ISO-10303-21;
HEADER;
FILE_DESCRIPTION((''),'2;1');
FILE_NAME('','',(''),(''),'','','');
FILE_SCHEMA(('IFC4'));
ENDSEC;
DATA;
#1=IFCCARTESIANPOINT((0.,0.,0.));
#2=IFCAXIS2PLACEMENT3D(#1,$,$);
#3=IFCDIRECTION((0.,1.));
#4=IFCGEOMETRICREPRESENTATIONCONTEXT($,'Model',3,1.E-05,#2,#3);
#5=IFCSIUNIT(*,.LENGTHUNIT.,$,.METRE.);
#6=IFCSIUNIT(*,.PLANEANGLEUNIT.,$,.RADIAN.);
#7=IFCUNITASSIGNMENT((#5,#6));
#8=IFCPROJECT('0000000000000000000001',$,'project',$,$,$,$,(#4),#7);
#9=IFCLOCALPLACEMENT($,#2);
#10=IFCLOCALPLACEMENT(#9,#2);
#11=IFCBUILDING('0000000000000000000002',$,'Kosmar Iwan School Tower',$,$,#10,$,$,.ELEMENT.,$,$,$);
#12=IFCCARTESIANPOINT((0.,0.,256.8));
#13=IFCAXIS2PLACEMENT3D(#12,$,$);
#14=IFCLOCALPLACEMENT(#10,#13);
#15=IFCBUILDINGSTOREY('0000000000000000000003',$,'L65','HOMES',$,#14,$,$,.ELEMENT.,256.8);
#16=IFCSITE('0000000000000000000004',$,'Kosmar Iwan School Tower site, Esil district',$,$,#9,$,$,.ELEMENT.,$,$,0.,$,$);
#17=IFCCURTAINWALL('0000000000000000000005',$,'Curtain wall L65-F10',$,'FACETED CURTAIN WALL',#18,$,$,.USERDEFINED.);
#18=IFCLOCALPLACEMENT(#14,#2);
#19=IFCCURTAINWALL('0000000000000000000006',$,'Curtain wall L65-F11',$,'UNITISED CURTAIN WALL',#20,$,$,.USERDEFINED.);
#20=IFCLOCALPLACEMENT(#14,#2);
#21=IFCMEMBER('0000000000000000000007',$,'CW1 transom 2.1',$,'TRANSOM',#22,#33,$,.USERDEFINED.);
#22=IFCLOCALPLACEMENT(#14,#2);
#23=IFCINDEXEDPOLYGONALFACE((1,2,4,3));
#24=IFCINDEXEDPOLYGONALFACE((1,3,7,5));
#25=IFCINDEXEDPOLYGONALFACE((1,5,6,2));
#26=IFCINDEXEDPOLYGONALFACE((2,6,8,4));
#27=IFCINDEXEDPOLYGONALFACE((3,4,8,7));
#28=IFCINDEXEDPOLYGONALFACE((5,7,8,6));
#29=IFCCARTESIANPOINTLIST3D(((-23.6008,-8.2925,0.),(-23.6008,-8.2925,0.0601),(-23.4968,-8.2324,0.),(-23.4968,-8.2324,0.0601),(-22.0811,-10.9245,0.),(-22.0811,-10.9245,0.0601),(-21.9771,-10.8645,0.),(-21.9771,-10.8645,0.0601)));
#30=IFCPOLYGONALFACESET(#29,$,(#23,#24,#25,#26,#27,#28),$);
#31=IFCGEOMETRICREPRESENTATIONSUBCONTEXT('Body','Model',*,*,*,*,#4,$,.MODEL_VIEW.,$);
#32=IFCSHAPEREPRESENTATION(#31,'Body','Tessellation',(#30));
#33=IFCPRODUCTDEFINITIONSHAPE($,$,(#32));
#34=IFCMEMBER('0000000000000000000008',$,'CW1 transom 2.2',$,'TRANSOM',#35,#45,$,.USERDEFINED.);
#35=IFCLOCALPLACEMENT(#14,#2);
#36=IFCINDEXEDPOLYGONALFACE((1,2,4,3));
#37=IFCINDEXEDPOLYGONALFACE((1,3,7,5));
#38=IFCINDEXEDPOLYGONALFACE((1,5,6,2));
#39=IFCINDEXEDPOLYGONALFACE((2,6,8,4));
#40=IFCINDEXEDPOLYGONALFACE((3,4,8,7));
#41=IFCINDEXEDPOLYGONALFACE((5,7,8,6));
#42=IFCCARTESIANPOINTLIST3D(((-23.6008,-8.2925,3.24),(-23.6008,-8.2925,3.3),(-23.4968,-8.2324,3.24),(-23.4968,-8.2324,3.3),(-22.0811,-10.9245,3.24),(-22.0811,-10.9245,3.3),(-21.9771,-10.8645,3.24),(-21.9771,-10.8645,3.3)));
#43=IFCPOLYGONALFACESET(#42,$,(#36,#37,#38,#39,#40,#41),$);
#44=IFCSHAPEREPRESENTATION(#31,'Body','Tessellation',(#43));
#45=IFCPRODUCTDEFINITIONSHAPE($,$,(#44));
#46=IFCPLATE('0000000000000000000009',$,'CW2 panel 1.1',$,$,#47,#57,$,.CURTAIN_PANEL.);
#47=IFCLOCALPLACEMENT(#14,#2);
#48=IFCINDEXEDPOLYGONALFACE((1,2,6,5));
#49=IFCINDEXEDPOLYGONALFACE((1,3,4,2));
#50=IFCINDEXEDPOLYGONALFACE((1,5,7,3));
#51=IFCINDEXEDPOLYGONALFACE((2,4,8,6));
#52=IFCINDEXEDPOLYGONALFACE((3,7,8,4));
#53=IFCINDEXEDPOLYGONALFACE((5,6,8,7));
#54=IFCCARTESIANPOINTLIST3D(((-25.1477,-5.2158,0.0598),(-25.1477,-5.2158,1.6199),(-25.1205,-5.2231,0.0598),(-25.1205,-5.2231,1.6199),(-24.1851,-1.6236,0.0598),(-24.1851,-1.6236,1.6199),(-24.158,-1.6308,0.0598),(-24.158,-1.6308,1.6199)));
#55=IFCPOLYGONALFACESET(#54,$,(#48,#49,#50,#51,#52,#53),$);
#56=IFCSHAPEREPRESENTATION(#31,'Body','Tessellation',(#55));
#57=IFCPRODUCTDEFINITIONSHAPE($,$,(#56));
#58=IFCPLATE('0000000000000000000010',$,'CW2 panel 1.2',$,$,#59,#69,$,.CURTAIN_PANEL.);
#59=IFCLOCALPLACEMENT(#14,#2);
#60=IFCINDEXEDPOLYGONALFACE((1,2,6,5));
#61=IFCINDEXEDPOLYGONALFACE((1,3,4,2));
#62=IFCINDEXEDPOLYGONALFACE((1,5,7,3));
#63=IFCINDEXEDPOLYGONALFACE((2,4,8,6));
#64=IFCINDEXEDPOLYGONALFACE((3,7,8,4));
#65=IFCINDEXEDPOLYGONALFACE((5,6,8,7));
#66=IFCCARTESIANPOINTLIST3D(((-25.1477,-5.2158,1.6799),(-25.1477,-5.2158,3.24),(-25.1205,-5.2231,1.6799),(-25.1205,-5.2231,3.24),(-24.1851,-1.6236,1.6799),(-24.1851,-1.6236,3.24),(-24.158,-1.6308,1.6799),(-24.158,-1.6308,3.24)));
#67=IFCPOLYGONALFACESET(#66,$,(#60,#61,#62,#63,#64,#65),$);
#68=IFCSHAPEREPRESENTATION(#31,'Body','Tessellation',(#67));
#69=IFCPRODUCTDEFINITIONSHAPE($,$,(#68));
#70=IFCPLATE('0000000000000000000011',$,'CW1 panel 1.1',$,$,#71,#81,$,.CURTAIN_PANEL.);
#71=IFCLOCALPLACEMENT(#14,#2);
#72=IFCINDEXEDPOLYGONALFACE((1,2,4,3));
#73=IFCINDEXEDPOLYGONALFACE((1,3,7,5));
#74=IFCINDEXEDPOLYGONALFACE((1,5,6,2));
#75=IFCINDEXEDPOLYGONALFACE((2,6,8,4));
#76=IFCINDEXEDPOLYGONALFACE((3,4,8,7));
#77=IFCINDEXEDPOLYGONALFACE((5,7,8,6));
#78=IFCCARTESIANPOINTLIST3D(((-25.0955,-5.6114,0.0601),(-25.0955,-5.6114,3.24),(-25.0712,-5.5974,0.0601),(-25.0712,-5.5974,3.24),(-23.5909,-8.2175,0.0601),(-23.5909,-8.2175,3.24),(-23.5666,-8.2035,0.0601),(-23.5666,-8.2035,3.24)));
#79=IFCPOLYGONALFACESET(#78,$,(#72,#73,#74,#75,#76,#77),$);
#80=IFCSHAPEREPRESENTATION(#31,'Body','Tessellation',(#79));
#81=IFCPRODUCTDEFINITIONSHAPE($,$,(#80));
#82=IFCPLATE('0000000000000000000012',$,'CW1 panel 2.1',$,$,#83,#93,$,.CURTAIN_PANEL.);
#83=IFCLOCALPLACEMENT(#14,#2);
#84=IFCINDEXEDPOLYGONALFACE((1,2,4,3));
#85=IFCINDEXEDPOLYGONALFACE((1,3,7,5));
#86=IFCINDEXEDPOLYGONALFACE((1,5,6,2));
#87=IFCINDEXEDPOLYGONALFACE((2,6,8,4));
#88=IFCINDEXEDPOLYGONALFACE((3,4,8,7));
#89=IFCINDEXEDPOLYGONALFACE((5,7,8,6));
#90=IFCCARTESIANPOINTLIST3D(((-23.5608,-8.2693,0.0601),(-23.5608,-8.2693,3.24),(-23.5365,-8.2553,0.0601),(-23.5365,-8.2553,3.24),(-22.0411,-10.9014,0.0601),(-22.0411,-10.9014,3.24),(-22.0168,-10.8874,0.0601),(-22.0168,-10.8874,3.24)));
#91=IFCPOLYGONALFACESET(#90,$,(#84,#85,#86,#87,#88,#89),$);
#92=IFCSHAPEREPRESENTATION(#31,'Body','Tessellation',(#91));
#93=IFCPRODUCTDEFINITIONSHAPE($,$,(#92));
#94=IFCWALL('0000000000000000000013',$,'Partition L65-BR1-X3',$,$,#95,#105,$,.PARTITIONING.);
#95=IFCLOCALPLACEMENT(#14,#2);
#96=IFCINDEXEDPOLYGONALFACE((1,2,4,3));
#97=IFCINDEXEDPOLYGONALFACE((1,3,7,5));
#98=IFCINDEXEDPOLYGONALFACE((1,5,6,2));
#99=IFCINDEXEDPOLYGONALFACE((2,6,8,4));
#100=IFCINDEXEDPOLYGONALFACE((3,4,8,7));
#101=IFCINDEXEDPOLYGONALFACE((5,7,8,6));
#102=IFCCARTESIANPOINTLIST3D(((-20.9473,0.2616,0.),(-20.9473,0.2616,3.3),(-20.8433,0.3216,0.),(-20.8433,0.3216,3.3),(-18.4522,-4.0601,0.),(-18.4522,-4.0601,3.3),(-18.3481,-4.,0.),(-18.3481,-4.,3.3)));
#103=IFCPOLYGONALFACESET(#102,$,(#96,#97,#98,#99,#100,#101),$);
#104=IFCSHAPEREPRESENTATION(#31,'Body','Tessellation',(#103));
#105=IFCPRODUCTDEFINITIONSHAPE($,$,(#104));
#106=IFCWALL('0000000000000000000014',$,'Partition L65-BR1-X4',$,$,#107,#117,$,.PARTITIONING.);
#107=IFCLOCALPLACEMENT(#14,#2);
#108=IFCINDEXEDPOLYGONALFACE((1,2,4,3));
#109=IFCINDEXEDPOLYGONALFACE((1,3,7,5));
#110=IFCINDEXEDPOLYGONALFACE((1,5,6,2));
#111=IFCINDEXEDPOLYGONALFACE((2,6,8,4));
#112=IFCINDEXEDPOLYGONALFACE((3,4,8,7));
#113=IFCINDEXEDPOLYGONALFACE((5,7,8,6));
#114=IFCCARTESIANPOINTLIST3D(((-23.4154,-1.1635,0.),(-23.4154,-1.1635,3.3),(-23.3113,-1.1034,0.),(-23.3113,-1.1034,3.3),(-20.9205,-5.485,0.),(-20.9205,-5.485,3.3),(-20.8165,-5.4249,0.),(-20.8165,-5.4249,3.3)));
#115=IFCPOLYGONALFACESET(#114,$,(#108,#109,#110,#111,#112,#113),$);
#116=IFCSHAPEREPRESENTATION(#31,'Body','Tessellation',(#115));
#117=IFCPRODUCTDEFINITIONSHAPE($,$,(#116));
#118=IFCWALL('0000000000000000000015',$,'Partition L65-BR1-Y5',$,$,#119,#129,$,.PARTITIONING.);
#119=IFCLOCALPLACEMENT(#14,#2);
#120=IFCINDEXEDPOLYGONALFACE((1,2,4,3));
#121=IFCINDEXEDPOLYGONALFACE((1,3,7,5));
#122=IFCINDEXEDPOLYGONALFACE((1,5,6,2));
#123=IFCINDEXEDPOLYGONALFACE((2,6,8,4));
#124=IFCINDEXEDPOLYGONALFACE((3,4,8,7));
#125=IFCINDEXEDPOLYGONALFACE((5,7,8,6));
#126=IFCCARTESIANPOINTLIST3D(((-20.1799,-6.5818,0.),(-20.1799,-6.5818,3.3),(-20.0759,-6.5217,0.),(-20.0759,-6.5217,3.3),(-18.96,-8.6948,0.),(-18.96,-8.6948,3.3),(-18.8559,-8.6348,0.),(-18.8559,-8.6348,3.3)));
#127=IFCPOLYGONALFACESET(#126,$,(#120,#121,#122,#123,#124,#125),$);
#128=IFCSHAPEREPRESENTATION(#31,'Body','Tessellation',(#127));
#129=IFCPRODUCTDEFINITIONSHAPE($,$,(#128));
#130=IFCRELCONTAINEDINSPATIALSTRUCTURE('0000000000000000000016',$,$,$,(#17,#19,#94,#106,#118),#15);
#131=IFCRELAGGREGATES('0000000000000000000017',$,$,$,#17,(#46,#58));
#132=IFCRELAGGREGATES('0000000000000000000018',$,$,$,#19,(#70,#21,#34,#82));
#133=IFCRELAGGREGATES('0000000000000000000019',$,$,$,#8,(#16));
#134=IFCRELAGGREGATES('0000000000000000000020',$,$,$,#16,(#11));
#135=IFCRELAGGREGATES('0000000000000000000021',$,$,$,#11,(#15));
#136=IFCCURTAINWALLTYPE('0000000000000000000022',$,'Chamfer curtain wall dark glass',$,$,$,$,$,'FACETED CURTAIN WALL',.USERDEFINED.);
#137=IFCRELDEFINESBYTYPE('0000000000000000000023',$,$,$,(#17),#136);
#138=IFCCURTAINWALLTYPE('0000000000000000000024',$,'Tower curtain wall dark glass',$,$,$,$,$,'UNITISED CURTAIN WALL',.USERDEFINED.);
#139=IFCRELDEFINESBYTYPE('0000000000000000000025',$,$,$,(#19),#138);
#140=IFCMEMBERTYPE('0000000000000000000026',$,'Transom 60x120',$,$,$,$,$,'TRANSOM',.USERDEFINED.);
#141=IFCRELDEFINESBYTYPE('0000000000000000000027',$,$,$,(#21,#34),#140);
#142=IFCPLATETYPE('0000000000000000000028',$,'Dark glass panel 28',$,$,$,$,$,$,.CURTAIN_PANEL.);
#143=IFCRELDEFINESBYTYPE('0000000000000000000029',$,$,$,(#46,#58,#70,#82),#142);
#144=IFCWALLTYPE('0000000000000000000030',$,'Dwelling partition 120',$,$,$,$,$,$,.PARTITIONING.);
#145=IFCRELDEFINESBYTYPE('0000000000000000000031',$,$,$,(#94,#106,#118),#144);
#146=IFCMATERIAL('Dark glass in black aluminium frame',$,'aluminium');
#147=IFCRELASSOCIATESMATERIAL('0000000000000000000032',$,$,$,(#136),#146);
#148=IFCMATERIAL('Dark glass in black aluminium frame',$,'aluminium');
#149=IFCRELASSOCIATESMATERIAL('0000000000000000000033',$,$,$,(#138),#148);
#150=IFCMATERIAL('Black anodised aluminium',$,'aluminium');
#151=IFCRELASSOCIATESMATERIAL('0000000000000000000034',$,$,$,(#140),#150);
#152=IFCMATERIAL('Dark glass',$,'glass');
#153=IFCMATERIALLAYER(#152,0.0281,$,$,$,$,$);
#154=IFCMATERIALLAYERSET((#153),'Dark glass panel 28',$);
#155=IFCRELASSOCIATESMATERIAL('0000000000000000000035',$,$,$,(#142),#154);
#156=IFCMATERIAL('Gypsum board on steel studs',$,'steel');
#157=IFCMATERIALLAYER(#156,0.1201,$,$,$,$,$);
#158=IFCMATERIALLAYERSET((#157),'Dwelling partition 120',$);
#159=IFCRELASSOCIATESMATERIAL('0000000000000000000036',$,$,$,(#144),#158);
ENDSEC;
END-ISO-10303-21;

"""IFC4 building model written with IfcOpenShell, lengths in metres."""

from ifc_helpers import new_model, si_unit, direction, frame, frame_2d, origin, origin_2d, place, context, subcontext, project, spatial, rectangle, extrude, material, layer, layer_set, material_profile, profile_set, type_object, element, aggregate, save


model = new_model("IFC4")

# Units and contexts
model_context = context("Model", 3, precision=1e-05, world=origin(), true_north=direction((0.0, 1.0)))
body_context = subcontext(model_context, "Body", "Model", "MODEL_VIEW")
ifc_project = project(units=[si_unit("LENGTHUNIT", "METRE"), si_unit("PLANEANGLEUNIT", "RADIAN")], contexts=[model_context])

# Site, building, storey
site_placement = place(None, origin())
site = spatial("IfcSite", under=ifc_project, at=site_placement, Name="Kosmar Iwan School Tower site, Esil district", CompositionType="ELEMENT", RefElevation=0.0)
building_placement = place(site_placement, origin())
building = spatial("IfcBuilding", under=site, at=building_placement, Name="Kosmar Iwan School Tower", CompositionType="ELEMENT")
storey_placement = place(building_placement, frame((0.0, 0.0, 256.8)))
storey = spatial("IfcBuildingStorey", under=building, at=storey_placement, Name="L65", Description="HOMES", CompositionType="ELEMENT", Elevation=256.8)

# Curtain walls
ifc_material_1 = material(Name="Dark glass in black aluminium frame", Category="aluminium")
curtain_wall_type_1 = type_object("IfcCurtainWallType", Name="Chamfer curtain wall dark glass", ElementType="FACETED CURTAIN WALL", PredefinedType="USERDEFINED", material=ifc_material_1)
curtain_wall_1_placement = place(storey_placement, origin())
curtain_wall_1 = element("IfcCurtainWall", 1, at=curtain_wall_1_placement, inside=storey, type_object=curtain_wall_type_1, Name="Curtain wall L65-F10", ObjectType="FACETED CURTAIN WALL", PredefinedType="USERDEFINED")
ifc_material_2 = material(Name="Dark glass in black aluminium frame", Category="aluminium")
curtain_wall_type_2 = type_object("IfcCurtainWallType", Name="Tower curtain wall dark glass", ElementType="UNITISED CURTAIN WALL", PredefinedType="USERDEFINED", material=ifc_material_2)
curtain_wall_2_placement = place(storey_placement, origin())
curtain_wall_2 = element("IfcCurtainWall", 2, at=curtain_wall_2_placement, inside=storey, type_object=curtain_wall_type_2, Name="Curtain wall L65-F11", ObjectType="UNITISED CURTAIN WALL", PredefinedType="USERDEFINED")

# Members
ifc_material_3 = material(Name="Black anodised aluminium", Category="aluminium")
ifc_material_profile_1 = material_profile(ifc_material_3, rectangle(XDim=0.1201, YDim=0.0601, at=origin_2d()), Name="TRANSOM 60x120")
ifc_profile_set_1 = profile_set([ifc_material_profile_1], Name="Black anodised aluminium")
member_type_1 = type_object("IfcMemberType", Name="Transom 60x120", ElementType="TRANSOM", PredefinedType="USERDEFINED", material=ifc_profile_set_1)
member_1_placement = place(storey_placement, frame((-23.5488, -8.2625, 0.03), z_axis=(0.500035, -0.866005, 0.0), x_axis=(0.866005, 0.500035, 0.0)))
member_1 = element("IfcMember", 3, at=member_1_placement, type_object=member_type_1, Name="CW1 transom 2.1", ObjectType="TRANSOM", PredefinedType="USERDEFINED", context=body_context, shape_type="SweptSolid", body=[
    extrude(rectangle(XDim=0.1201, YDim=0.0601, at=origin_2d()), origin(), (0.0, 0.0, 1.0), 3.0393),
])
member_2_placement = place(storey_placement, frame((-23.5488, -8.2625, 3.27), z_axis=(0.500035, -0.866005, 0.0), x_axis=(0.866005, 0.500035, 0.0)))
member_2 = element("IfcMember", 4, at=member_2_placement, type_object=member_type_1, Name="CW1 transom 2.2", ObjectType="TRANSOM", PredefinedType="USERDEFINED", context=body_context, shape_type="SweptSolid", body=[
    extrude(rectangle(XDim=0.1201, YDim=0.0601, at=origin_2d()), origin(), (0.0, 0.0, 1.0), 3.0393),
])

# Plates
ifc_material_4 = material(Name="Dark glass", Category="glass")
ifc_layer_1 = layer(ifc_material_4, 0.0281)
ifc_layer_set_1 = layer_set([ifc_layer_1], Name="Dark glass panel 28")
plate_type = type_object("IfcPlateType", Name="Dark glass panel 28", PredefinedType="CURTAIN_PANEL", material=ifc_layer_set_1)
plate_1_placement = place(storey_placement, frame((-24.6528, -3.4233, 0.0598), z_axis=(0.0, 0.0, 1.0), x_axis=(-0.258819, -0.965926, 0.0)))
plate_1 = element("IfcPlate", 5, at=plate_1_placement, type_object=plate_type, Name="CW2 panel 1.1", PredefinedType="CURTAIN_PANEL", context=body_context, shape_type="SweptSolid", body=[
    extrude(rectangle(XDim=3.719, YDim=0.0281, at=origin_2d()), origin(), (0.0, 0.0, 1.0), 1.5601),
])
plate_2_placement = place(storey_placement, frame((-24.6528, -3.4233, 1.6799), z_axis=(0.0, 0.0, 1.0), x_axis=(-0.258819, -0.965926, 0.0)))
plate_2 = element("IfcPlate", 6, at=plate_2_placement, type_object=plate_type, Name="CW2 panel 1.2", PredefinedType="CURTAIN_PANEL", context=body_context, shape_type="SweptSolid", body=[
    extrude(rectangle(XDim=3.719, YDim=0.0281, at=origin_2d()), origin(), (0.0, 0.0, 1.0), 1.5601),
])
aggregate(curtain_wall_1, [plate_1, plate_2])
plate_3_placement = place(storey_placement, frame((-24.3311, -6.9075, 0.0601), z_axis=(0.0, 0.0, 1.0), x_axis=(0.5, -0.866025, 0.0)))
plate_3 = element("IfcPlate", 7, at=plate_3_placement, type_object=plate_type, Name="CW1 panel 1.1", PredefinedType="CURTAIN_PANEL", context=body_context, shape_type="SweptSolid", body=[
    extrude(rectangle(XDim=3.0093, YDim=0.0281, at=origin_2d()), origin(), (0.0, 0.0, 1.0), 3.1799),
])
plate_4_placement = place(storey_placement, frame((-22.7888, -9.5784, 0.0601), z_axis=(0.0, 0.0, 1.0), x_axis=(0.5, -0.866025, 0.0)))
plate_4 = element("IfcPlate", 8, at=plate_4_placement, type_object=plate_type, Name="CW1 panel 2.1", PredefinedType="CURTAIN_PANEL", context=body_context, shape_type="SweptSolid", body=[
    extrude(rectangle(XDim=3.0393, YDim=0.0281, at=origin_2d()), origin(), (0.0, 0.0, 1.0), 3.1799),
])
aggregate(curtain_wall_2, [plate_3, member_1, member_2, plate_4])

# Walls
ifc_material_5 = material(Name="Gypsum board on steel studs", Category="steel")
ifc_layer_2 = layer(ifc_material_5, 0.1201)
ifc_layer_set_2 = layer_set([ifc_layer_2], Name="Dwelling partition 120")
wall_type = type_object("IfcWallType", Name="Dwelling partition 120", PredefinedType="PARTITIONING", material=ifc_layer_set_2)
wall_1_placement = place(storey_placement, frame((-18.4001, -4.03, 0.0), z_axis=(0.0, 0.0, 1.0), x_axis=(-0.500012, 0.866019, 0.0)))
element("IfcWall", 9, at=wall_1_placement, inside=storey, type_object=wall_type, Name="Partition L65-BR1-X3", PredefinedType="PARTITIONING", context=body_context, shape_type="SweptSolid", body=[
    extrude(rectangle(XDim=4.9902, YDim=0.1201, at=frame_2d((2.4951, 0.0))), origin(), (0.0, 0.0, 1.0), 3.3),
])
wall_2_placement = place(storey_placement, frame((-20.8684, -5.4551, 0.0), z_axis=(0.0, 0.0, 1.0), x_axis=(-0.499975, 0.86604, 0.0)))
element("IfcWall", 10, at=wall_2_placement, inside=storey, type_object=wall_type, Name="Partition L65-BR1-X4", PredefinedType="PARTITIONING", context=body_context, shape_type="SweptSolid", body=[
    extrude(rectangle(XDim=4.99, YDim=0.1201, at=frame_2d((2.4951, 0.0))), origin(), (0.0, 0.0, 1.0), 3.3),
])
wall_3_placement = place(storey_placement, frame((-18.908, -8.6648, 0.0), z_axis=(0.0, 0.0, 1.0), x_axis=(-0.500003, 0.866024, 0.0)))
element("IfcWall", 11, at=wall_3_placement, inside=storey, type_object=wall_type, Name="Partition L65-BR1-Y5", PredefinedType="PARTITIONING", context=body_context, shape_type="SweptSolid", body=[
    extrude(rectangle(XDim=2.4399, YDim=0.1201, at=frame_2d((1.22, 0.0))), origin(), (0.0, 0.0, 1.0), 3.3),
])

save(model, "model.ifc")
